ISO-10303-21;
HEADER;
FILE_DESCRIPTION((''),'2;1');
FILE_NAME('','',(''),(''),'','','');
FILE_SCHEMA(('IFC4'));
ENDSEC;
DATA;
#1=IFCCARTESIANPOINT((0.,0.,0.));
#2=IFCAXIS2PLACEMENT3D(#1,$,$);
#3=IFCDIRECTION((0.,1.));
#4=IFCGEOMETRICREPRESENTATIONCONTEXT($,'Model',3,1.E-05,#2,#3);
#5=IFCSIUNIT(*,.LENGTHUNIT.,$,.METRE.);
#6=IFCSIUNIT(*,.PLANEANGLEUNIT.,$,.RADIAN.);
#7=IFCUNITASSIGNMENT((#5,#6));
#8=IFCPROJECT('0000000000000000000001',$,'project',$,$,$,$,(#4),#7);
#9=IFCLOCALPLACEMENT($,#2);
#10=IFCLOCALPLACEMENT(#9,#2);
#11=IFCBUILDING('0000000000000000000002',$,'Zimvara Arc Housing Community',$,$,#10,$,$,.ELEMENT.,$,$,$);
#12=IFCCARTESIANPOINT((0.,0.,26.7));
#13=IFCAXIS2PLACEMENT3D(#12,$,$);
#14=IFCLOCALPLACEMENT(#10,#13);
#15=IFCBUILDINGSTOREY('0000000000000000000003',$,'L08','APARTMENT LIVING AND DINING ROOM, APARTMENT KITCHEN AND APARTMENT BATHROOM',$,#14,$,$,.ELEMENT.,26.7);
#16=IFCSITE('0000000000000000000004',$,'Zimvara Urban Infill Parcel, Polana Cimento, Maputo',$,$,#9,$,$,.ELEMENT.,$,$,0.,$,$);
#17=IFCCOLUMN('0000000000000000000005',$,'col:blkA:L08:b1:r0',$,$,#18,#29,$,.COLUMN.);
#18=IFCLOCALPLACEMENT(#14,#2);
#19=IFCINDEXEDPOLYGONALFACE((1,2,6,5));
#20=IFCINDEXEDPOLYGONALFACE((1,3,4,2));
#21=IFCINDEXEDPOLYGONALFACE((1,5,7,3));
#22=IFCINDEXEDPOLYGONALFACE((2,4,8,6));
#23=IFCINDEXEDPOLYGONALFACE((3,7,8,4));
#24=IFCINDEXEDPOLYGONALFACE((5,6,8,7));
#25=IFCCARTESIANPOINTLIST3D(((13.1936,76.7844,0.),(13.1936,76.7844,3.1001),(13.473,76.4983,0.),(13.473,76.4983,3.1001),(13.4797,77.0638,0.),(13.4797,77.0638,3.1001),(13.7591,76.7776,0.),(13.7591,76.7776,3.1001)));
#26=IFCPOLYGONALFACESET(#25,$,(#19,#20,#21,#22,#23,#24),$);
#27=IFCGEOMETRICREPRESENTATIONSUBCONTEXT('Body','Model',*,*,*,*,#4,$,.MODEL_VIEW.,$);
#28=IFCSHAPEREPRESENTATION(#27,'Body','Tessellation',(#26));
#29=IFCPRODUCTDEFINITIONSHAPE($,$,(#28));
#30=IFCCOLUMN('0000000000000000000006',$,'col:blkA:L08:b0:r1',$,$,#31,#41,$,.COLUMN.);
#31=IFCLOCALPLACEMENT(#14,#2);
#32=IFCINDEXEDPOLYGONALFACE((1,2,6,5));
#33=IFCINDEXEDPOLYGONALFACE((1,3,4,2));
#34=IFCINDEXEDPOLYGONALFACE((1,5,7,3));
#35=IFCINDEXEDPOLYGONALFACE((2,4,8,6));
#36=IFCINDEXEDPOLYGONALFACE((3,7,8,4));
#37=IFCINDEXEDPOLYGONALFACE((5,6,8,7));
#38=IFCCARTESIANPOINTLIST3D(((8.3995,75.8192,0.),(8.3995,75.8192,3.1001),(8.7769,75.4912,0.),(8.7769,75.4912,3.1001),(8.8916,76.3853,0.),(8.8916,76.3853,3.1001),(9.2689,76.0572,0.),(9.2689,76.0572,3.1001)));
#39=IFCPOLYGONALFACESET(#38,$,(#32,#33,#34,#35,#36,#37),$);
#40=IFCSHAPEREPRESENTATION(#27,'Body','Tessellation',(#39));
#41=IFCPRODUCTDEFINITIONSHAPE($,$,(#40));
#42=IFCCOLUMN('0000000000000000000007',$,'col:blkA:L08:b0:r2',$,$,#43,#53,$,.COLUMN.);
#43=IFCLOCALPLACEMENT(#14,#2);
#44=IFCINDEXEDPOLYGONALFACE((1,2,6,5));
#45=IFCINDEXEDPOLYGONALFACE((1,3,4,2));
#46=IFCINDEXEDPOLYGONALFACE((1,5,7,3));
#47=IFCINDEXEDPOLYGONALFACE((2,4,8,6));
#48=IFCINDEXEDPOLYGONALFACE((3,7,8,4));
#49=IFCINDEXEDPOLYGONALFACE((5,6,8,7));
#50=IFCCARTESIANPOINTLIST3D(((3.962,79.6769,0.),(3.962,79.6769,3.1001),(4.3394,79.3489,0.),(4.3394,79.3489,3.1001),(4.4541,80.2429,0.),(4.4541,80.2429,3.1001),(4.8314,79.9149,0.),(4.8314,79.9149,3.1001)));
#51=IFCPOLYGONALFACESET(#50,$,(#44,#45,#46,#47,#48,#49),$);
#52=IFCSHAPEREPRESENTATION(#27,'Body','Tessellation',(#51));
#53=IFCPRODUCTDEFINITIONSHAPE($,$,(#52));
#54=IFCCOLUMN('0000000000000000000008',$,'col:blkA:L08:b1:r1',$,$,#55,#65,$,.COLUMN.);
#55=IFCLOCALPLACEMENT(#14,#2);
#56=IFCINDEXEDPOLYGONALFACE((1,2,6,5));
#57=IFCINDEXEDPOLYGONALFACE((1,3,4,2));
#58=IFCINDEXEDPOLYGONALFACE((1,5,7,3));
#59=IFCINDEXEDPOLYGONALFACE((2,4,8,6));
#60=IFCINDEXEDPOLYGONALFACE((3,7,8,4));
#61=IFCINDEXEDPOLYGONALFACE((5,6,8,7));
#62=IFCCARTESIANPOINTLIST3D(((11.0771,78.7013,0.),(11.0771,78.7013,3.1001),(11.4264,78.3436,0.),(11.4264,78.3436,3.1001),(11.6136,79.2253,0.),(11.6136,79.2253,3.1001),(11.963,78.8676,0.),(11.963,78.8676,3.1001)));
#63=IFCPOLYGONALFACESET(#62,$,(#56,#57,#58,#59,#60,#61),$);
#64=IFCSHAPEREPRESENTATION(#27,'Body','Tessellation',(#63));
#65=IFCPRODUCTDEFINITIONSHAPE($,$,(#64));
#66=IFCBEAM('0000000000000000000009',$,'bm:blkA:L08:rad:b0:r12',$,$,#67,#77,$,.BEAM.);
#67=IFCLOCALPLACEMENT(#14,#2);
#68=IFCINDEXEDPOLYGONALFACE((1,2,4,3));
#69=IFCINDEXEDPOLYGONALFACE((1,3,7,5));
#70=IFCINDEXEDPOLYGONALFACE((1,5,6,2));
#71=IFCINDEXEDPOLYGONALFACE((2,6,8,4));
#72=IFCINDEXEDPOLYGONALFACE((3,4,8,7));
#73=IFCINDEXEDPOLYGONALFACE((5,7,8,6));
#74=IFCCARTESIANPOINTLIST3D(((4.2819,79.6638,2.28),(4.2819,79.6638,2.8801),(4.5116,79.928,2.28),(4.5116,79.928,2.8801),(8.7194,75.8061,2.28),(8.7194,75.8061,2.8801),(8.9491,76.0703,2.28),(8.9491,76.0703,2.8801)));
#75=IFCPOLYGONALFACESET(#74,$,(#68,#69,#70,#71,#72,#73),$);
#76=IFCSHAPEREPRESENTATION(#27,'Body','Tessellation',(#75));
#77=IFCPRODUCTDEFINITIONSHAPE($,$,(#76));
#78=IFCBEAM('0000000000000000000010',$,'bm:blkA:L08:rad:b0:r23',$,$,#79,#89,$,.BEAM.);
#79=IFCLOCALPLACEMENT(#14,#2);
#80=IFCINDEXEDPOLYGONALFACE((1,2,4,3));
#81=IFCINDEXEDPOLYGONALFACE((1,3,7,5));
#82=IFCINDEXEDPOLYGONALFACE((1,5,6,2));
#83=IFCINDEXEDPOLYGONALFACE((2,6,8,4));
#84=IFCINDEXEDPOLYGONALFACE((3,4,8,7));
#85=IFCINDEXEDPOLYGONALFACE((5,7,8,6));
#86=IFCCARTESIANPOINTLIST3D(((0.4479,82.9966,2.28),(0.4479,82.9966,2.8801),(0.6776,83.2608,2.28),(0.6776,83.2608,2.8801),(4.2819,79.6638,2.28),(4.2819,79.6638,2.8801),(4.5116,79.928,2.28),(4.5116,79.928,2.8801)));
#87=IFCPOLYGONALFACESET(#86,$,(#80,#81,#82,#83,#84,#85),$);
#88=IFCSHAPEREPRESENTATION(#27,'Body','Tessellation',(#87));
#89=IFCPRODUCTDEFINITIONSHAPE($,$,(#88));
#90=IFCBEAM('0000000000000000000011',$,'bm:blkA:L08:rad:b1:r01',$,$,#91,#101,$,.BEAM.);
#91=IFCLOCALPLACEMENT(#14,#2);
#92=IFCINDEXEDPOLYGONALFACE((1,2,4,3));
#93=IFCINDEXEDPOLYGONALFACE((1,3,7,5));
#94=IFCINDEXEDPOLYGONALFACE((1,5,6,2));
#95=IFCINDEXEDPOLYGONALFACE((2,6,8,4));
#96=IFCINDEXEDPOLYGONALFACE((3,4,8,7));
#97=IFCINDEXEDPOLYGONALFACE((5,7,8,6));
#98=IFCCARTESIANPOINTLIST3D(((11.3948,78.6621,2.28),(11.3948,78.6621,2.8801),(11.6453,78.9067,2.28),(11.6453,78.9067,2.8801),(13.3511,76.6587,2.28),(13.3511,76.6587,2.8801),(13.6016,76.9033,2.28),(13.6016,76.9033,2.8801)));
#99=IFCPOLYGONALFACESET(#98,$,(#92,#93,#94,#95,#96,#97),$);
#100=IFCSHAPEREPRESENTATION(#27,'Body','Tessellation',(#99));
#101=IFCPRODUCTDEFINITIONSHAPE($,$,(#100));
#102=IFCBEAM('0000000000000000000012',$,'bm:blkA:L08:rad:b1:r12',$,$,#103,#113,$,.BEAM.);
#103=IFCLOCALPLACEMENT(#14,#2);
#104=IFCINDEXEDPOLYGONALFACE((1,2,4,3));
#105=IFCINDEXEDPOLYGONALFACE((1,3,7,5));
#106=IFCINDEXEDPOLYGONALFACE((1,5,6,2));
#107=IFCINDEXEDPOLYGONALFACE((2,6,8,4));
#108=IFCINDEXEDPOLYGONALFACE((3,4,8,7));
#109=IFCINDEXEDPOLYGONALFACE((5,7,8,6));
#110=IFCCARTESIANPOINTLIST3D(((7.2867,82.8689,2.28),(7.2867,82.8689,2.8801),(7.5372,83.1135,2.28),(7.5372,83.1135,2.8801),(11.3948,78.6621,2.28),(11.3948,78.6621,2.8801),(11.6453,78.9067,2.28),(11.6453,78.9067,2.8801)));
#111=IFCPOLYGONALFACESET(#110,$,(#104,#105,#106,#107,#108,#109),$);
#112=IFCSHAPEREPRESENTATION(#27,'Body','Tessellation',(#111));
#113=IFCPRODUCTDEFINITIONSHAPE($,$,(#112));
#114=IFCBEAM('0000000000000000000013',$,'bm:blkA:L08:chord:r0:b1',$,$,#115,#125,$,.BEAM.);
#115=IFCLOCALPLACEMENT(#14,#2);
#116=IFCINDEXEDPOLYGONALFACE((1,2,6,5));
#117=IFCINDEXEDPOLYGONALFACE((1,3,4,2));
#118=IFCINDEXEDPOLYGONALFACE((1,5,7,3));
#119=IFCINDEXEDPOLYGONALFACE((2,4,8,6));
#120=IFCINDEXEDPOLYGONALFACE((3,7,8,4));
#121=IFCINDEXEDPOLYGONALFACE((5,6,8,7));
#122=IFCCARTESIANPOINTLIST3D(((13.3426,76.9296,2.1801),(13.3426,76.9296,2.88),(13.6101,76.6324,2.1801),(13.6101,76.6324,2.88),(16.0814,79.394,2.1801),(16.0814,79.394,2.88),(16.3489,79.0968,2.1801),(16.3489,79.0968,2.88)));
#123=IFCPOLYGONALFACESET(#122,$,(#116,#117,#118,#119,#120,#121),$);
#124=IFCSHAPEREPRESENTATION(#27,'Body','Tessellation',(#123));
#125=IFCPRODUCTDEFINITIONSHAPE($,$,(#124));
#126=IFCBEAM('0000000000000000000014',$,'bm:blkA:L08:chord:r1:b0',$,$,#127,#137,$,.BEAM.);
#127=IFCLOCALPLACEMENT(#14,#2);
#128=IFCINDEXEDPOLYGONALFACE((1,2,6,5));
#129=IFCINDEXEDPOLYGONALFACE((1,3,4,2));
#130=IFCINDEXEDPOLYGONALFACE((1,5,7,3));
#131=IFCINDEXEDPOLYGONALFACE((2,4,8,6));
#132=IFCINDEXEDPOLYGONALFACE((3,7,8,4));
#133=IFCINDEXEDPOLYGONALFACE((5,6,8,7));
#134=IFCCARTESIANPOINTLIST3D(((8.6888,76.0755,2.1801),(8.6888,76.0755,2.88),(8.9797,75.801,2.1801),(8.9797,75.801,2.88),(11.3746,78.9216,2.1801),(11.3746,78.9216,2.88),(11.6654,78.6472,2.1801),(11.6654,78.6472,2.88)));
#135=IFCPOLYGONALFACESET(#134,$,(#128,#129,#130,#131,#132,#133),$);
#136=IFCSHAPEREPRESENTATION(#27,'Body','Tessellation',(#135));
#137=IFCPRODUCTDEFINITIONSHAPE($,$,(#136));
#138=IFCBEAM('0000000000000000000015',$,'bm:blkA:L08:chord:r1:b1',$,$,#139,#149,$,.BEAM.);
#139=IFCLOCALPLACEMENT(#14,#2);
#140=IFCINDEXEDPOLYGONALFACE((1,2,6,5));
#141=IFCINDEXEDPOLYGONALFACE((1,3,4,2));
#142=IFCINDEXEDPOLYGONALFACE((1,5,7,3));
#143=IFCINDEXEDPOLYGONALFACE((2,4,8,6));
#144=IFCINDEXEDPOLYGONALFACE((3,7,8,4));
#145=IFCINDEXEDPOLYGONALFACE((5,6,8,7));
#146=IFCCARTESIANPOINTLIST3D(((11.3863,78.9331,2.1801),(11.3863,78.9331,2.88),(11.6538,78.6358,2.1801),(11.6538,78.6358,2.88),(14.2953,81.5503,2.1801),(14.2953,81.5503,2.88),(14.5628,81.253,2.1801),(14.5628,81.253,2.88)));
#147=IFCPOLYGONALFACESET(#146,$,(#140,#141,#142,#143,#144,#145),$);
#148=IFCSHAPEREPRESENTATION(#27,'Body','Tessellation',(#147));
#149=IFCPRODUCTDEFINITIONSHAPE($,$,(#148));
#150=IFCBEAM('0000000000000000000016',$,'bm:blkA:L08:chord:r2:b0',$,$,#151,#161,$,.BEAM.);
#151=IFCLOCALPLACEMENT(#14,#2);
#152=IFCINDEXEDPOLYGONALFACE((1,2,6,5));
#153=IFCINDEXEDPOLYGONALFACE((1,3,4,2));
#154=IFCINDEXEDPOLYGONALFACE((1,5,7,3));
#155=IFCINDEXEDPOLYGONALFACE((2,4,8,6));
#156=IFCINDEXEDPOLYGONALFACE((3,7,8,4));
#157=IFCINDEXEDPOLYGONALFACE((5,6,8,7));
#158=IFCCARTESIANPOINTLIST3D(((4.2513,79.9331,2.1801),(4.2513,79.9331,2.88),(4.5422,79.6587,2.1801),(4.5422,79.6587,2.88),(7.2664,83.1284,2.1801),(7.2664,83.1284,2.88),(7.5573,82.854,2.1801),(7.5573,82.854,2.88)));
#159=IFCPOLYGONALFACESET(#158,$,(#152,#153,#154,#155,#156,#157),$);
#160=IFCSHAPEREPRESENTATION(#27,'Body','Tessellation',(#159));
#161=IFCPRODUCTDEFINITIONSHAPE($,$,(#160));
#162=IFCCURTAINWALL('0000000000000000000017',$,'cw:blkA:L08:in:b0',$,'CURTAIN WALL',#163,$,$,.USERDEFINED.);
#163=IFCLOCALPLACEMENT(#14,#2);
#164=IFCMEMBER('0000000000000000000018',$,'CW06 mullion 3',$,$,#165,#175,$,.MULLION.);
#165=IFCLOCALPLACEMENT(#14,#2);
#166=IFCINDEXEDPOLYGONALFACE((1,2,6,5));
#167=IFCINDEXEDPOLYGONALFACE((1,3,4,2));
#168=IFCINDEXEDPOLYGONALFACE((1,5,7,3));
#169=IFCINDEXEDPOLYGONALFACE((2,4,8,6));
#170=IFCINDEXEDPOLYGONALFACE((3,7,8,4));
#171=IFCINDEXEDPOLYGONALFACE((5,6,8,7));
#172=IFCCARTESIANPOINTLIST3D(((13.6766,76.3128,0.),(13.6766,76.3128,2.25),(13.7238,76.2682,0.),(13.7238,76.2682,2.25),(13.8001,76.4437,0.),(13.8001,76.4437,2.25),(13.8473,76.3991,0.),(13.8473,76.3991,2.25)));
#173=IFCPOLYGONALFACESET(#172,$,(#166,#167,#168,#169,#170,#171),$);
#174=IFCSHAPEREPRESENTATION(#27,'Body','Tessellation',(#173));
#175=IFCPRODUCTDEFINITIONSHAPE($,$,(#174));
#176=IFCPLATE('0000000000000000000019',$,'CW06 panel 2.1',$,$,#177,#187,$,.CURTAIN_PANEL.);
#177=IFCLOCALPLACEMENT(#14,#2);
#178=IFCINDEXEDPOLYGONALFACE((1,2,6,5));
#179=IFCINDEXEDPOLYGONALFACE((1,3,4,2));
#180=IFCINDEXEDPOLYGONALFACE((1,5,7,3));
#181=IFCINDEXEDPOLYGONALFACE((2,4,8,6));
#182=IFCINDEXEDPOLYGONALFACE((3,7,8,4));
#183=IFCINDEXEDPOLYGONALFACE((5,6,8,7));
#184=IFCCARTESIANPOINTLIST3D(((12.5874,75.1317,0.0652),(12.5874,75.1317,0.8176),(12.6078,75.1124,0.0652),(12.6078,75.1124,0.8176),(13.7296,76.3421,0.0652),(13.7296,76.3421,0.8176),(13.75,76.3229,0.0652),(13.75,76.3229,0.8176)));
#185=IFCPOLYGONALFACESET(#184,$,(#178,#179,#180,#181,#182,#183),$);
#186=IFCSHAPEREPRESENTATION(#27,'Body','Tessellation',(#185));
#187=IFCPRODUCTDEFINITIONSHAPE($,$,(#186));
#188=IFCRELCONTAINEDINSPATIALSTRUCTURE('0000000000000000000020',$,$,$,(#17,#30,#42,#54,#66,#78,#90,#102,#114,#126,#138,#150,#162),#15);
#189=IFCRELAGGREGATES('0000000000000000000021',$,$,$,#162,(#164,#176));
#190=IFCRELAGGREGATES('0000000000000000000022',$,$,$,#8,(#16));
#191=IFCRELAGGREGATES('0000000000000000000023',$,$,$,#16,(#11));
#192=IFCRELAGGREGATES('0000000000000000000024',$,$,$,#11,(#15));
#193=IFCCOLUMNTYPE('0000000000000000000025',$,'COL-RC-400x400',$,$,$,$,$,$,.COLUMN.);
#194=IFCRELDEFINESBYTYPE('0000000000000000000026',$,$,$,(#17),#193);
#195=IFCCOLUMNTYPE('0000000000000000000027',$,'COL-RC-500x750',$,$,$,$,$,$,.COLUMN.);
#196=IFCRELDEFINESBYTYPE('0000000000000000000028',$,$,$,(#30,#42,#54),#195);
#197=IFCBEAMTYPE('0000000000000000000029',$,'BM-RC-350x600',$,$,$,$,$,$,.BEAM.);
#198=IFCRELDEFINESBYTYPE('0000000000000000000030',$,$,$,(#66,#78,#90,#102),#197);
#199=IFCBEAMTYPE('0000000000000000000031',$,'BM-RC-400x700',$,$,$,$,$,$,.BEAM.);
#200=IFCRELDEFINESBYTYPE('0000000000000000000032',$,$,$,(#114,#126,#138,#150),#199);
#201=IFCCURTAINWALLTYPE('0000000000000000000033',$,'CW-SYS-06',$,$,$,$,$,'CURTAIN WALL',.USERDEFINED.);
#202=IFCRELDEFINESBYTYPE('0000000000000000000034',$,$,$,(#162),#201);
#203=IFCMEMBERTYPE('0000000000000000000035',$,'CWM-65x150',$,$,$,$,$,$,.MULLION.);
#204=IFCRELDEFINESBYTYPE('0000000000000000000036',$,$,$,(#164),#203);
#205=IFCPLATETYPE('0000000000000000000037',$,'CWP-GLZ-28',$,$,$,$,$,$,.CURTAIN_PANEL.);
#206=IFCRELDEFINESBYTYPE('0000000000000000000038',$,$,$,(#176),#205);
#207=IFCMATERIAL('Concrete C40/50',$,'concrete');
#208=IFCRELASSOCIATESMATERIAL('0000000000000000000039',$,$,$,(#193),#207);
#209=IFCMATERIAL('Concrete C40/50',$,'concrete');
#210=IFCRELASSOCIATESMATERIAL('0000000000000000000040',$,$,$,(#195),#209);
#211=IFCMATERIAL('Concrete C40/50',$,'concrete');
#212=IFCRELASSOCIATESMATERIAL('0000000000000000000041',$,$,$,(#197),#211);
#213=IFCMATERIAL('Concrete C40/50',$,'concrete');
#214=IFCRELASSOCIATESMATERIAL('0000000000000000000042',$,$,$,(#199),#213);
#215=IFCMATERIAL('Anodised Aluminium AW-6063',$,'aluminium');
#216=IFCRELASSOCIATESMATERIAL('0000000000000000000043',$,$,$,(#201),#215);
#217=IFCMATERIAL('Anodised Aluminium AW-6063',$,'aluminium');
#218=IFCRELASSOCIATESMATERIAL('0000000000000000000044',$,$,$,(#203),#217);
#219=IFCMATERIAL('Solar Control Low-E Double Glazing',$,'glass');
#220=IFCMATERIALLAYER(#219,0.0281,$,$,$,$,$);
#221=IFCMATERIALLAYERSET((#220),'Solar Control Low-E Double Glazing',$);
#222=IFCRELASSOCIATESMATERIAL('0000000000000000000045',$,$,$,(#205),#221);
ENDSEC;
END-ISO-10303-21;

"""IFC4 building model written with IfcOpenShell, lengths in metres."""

from ifc_helpers import new_model, si_unit, direction, frame, origin, origin_2d, place, context, subcontext, project, spatial, rectangle, extrude, material, layer, layer_set, material_profile, profile_set, type_object, element, aggregate, save


model = new_model("IFC4")

# Units and contexts
model_context = context("Model", 3, precision=1e-05, world=origin(), true_north=direction((0.0, 1.0)))
body_context = subcontext(model_context, "Body", "Model", "MODEL_VIEW")
ifc_project = project(units=[si_unit("LENGTHUNIT", "METRE"), si_unit("PLANEANGLEUNIT", "RADIAN")], contexts=[model_context])

# Site, building, storey
site_placement = place(None, origin())
site = spatial("IfcSite", under=ifc_project, at=site_placement, Name="Zimvara Urban Infill Parcel, Polana Cimento, Maputo", CompositionType="ELEMENT", RefElevation=0.0)
building_placement = place(site_placement, origin())
building = spatial("IfcBuilding", under=site, at=building_placement, Name="Zimvara Arc Housing Community", CompositionType="ELEMENT")
storey_placement = place(building_placement, frame((0.0, 0.0, 26.7)))
storey = spatial("IfcBuildingStorey", under=building, at=storey_placement, Name="L08", Description="APARTMENT LIVING AND DINING ROOM, APARTMENT KITCHEN AND APARTMENT BATHROOM", CompositionType="ELEMENT", Elevation=26.7)

# Columns
ifc_material_1 = material(Name="Concrete C40/50", Category="concrete")
ifc_material_profile_1 = material_profile(ifc_material_1, rectangle(XDim=0.3999, YDim=0.3999, at=origin_2d()), Name="RC 400x400")
ifc_profile_set_1 = profile_set([ifc_material_profile_1], Name="Concrete C40/50")
column_type_1 = type_object("IfcColumnType", Name="COL-RC-400x400", PredefinedType="COLUMN", material=ifc_profile_set_1)
column_placement = place(storey_placement, frame((13.4763, 76.781, 0.0), z_axis=(0.0, 0.0, 1.0), x_axis=(-0.698665, 0.715449, 0.0)))
element("IfcColumn", 1, at=column_placement, inside=storey, type_object=column_type_1, Name="col:blkA:L08:b1:r0", PredefinedType="COLUMN", context=body_context, shape_type="SweptSolid", body=[
    extrude(rectangle(XDim=0.3999, YDim=0.3999, at=origin_2d()), origin(), (0.0, 0.0, 1.0), 3.1001),
])
ifc_material_2 = material(Name="Concrete C40/50", Category="concrete")
ifc_material_profile_2 = material_profile(ifc_material_2, rectangle(XDim=0.5, YDim=0.75, at=origin_2d()), Name="RC 500x750")
ifc_profile_set_2 = profile_set([ifc_material_profile_2], Name="Concrete C40/50")
column_type_2 = type_object("IfcColumnType", Name="COL-RC-500x750", PredefinedType="COLUMN", material=ifc_profile_set_2)
for number, where, z_axis, x_axis, name in (
    (2, (8.8342, 75.9382, 0.0), (0.0, 0.0, 1.0), (-0.75471, 0.656059, 0.0), "col:blkA:L08:b0:r1"),
    (3, (4.3967, 79.7959, 0.0), (0.0, 0.0, 1.0), (-0.75471, 0.656059, 0.0), "col:blkA:L08:b0:r2"),
    (4, (11.52, 78.7844, 0.0), (0.0, 0.0, 1.0), (-0.698665, 0.715449, 0.0), "col:blkA:L08:b1:r1"),
):
    element("IfcColumn", number, at=place(storey_placement, frame(where, z_axis=z_axis, x_axis=x_axis)), inside=storey, type_object=column_type_2, Name=name, PredefinedType="COLUMN", context=body_context, shape_type="SweptSolid", body=[
        extrude(rectangle(XDim=0.5, YDim=0.75, at=origin_2d()), origin(), (0.0, 0.0, 1.0), 3.1001),
    ])

# Beams
ifc_material_3 = material(Name="Concrete C40/50", Category="concrete")
ifc_material_profile_3 = material_profile(ifc_material_3, rectangle(XDim=0.3501, YDim=0.6001, at=origin_2d()), Name="RC 350x600")
ifc_profile_set_3 = profile_set([ifc_material_profile_3], Name="Concrete C40/50")
beam_type_1 = type_object("IfcBeamType", Name="BM-RC-350x600", PredefinedType="BEAM", material=ifc_profile_set_3)
beam_1_placement = place(storey_placement, frame((8.8342, 75.9382, 2.5801), z_axis=(-0.754692, 0.656079, 0.0), x_axis=(-0.656079, -0.754692, 0.0)))
element("IfcBeam", 5, at=beam_1_placement, inside=storey, type_object=beam_type_1, Name="bm:blkA:L08:rad:b0:r12", PredefinedType="BEAM", context=body_context, shape_type="SweptSolid", body=[
    extrude(rectangle(XDim=0.3501, YDim=0.6001, at=origin_2d()), origin(), (0.0, 0.0, 1.0), 5.8799),
])
beam_2_placement = place(storey_placement, frame((4.3967, 79.7959, 2.5801), z_axis=(-0.754716, 0.656051, 0.0), x_axis=(-0.656051, -0.754716, 0.0)))
element("IfcBeam", 6, at=beam_2_placement, inside=storey, type_object=beam_type_1, Name="bm:blkA:L08:rad:b0:r23", PredefinedType="BEAM", context=body_context, shape_type="SweptSolid", body=[
    extrude(rectangle(XDim=0.3501, YDim=0.6001, at=origin_2d()), origin(), (0.0, 0.0, 1.0), 5.0801),
])
beam_3_placement = place(storey_placement, frame((13.4763, 76.781, 2.5801), z_axis=(-0.698643, 0.71547, 0.0), x_axis=(-0.71547, -0.698643, 0.0)))
element("IfcBeam", 7, at=beam_3_placement, inside=storey, type_object=beam_type_1, Name="bm:blkA:L08:rad:b1:r01", PredefinedType="BEAM", context=body_context, shape_type="SweptSolid", body=[
    extrude(rectangle(XDim=0.3501, YDim=0.6001, at=origin_2d()), origin(), (0.0, 0.0, 1.0), 2.8),
])
beam_4_placement = place(storey_placement, frame((11.52, 78.7844, 2.5801), z_axis=(-0.69867, 0.715444, 0.0), x_axis=(-0.715444, -0.69867, 0.0)))
element("IfcBeam", 8, at=beam_4_placement, inside=storey, type_object=beam_type_1, Name="bm:blkA:L08:rad:b1:r12", PredefinedType="BEAM", context=body_context, shape_type="SweptSolid", body=[
    extrude(rectangle(XDim=0.3501, YDim=0.6001, at=origin_2d()), origin(), (0.0, 0.0, 1.0), 5.8799),
])
ifc_material_4 = material(Name="Concrete C40/50", Category="concrete")
ifc_material_profile_4 = material_profile(ifc_material_4, rectangle(XDim=0.3999, YDim=0.7, at=origin_2d()), Name="RC 400x700")
ifc_profile_set_4 = profile_set([ifc_material_profile_4], Name="Concrete C40/50")
beam_type_2 = type_object("IfcBeamType", Name="BM-RC-400x700", PredefinedType="BEAM", material=ifc_profile_set_4)
beam_5_placement = place(storey_placement, frame((13.4763, 76.781, 2.53), z_axis=(0.743367, 0.668884, 0.0), x_axis=(-0.668884, 0.743367, 0.0)))
element("IfcBeam", 9, at=beam_5_placement, inside=storey, type_object=beam_type_2, Name="bm:blkA:L08:chord:r0:b1", PredefinedType="BEAM", context=body_context, shape_type="SweptSolid", body=[
    extrude(rectangle(XDim=0.3999, YDim=0.7, at=origin_2d()), origin(), (0.0, 0.0, 1.0), 3.6843),
])
beam_6_placement = place(storey_placement, frame((8.8342, 75.9382, 2.53), z_axis=(0.686316, 0.727304, 0.0), x_axis=(-0.727304, 0.686316, 0.0)))
element("IfcBeam", 10, at=beam_6_placement, inside=storey, type_object=beam_type_2, Name="bm:blkA:L08:chord:r1:b0", PredefinedType="BEAM", context=body_context, shape_type="SweptSolid", body=[
    extrude(rectangle(XDim=0.3999, YDim=0.7, at=origin_2d()), origin(), (0.0, 0.0, 1.0), 3.9133),
])
beam_7_placement = place(storey_placement, frame((11.52, 78.7844, 2.53), z_axis=(0.743403, 0.668844, 0.0), x_axis=(-0.668844, 0.743403, 0.0)))
element("IfcBeam", 11, at=beam_7_placement, inside=storey, type_object=beam_type_2, Name="bm:blkA:L08:chord:r1:b1", PredefinedType="BEAM", context=body_context, shape_type="SweptSolid", body=[
    extrude(rectangle(XDim=0.3999, YDim=0.7, at=origin_2d()), origin(), (0.0, 0.0, 1.0), 3.9131),
])
beam_8_placement = place(storey_placement, frame((4.3967, 79.7959, 2.53), z_axis=(0.686304, 0.727315, 0.0), x_axis=(-0.727315, 0.686304, 0.0)))
element("IfcBeam", 12, at=beam_8_placement, inside=storey, type_object=beam_type_2, Name="bm:blkA:L08:chord:r2:b0", PredefinedType="BEAM", context=body_context, shape_type="SweptSolid", body=[
    extrude(rectangle(XDim=0.3999, YDim=0.7, at=origin_2d()), origin(), (0.0, 0.0, 1.0), 4.3933),
])

# Curtain wall, member, plate
ifc_material_5 = material(Name="Anodised Aluminium AW-6063", Category="aluminium")
curtain_wall_type = type_object("IfcCurtainWallType", Name="CW-SYS-06", ElementType="CURTAIN WALL", PredefinedType="USERDEFINED", material=ifc_material_5)
curtain_wall_placement = place(storey_placement, origin())
curtain_wall = element("IfcCurtainWall", 13, at=curtain_wall_placement, inside=storey, type_object=curtain_wall_type, Name="cw:blkA:L08:in:b0", ObjectType="CURTAIN WALL", PredefinedType="USERDEFINED")
ifc_material_6 = material(Name="Anodised Aluminium AW-6063", Category="aluminium")
ifc_material_profile_5 = material_profile(ifc_material_6, rectangle(XDim=0.0649, YDim=0.1799, at=origin_2d()), Name="ALU 65x180")
ifc_profile_set_5 = profile_set([ifc_material_profile_5], Name="Anodised Aluminium AW-6063")
member_type = type_object("IfcMemberType", Name="CWM-65x150", PredefinedType="MULLION", material=ifc_profile_set_5)
member_placement = place(storey_placement, frame((13.762, 76.356, 0.0), z_axis=(0.0, 0.0, 1.0), x_axis=(-0.727293, 0.686327, 0.0)))
member = element("IfcMember", 14, at=member_placement, type_object=member_type, Name="CW06 mullion 3", PredefinedType="MULLION", context=body_context, shape_type="SweptSolid", body=[
    extrude(rectangle(XDim=0.0649, YDim=0.1799, at=origin_2d()), origin(), (0.0, 0.0, 1.0), 2.25),
])
ifc_material_7 = material(Name="Solar Control Low-E Double Glazing", Category="glass")
ifc_layer_1 = layer(ifc_material_7, 0.0281)
ifc_layer_set_1 = layer_set([ifc_layer_1], Name="Solar Control Low-E Double Glazing")
plate_type = type_object("IfcPlateType", Name="CWP-GLZ-28", PredefinedType="CURTAIN_PANEL", material=ifc_layer_set_1)
plate_1_placement = place(storey_placement, frame((13.1687, 75.7273, 0.0652), z_axis=(0.0, 0.0, 1.0), x_axis=(0.686327, 0.727293, 0.0)))
plate_1 = element("IfcPlate", 15, at=plate_1_placement, type_object=plate_type, Name="CW06 panel 2.1", PredefinedType="CURTAIN_PANEL", context=body_context, shape_type="SweptSolid", body=[
    extrude(rectangle(XDim=1.6643, YDim=0.0281, at=origin_2d()), origin(), (0.0, 0.0, 1.0), 0.7524),
])
aggregate(curtain_wall, [member, plate_1])

save(model, "model.ifc")
